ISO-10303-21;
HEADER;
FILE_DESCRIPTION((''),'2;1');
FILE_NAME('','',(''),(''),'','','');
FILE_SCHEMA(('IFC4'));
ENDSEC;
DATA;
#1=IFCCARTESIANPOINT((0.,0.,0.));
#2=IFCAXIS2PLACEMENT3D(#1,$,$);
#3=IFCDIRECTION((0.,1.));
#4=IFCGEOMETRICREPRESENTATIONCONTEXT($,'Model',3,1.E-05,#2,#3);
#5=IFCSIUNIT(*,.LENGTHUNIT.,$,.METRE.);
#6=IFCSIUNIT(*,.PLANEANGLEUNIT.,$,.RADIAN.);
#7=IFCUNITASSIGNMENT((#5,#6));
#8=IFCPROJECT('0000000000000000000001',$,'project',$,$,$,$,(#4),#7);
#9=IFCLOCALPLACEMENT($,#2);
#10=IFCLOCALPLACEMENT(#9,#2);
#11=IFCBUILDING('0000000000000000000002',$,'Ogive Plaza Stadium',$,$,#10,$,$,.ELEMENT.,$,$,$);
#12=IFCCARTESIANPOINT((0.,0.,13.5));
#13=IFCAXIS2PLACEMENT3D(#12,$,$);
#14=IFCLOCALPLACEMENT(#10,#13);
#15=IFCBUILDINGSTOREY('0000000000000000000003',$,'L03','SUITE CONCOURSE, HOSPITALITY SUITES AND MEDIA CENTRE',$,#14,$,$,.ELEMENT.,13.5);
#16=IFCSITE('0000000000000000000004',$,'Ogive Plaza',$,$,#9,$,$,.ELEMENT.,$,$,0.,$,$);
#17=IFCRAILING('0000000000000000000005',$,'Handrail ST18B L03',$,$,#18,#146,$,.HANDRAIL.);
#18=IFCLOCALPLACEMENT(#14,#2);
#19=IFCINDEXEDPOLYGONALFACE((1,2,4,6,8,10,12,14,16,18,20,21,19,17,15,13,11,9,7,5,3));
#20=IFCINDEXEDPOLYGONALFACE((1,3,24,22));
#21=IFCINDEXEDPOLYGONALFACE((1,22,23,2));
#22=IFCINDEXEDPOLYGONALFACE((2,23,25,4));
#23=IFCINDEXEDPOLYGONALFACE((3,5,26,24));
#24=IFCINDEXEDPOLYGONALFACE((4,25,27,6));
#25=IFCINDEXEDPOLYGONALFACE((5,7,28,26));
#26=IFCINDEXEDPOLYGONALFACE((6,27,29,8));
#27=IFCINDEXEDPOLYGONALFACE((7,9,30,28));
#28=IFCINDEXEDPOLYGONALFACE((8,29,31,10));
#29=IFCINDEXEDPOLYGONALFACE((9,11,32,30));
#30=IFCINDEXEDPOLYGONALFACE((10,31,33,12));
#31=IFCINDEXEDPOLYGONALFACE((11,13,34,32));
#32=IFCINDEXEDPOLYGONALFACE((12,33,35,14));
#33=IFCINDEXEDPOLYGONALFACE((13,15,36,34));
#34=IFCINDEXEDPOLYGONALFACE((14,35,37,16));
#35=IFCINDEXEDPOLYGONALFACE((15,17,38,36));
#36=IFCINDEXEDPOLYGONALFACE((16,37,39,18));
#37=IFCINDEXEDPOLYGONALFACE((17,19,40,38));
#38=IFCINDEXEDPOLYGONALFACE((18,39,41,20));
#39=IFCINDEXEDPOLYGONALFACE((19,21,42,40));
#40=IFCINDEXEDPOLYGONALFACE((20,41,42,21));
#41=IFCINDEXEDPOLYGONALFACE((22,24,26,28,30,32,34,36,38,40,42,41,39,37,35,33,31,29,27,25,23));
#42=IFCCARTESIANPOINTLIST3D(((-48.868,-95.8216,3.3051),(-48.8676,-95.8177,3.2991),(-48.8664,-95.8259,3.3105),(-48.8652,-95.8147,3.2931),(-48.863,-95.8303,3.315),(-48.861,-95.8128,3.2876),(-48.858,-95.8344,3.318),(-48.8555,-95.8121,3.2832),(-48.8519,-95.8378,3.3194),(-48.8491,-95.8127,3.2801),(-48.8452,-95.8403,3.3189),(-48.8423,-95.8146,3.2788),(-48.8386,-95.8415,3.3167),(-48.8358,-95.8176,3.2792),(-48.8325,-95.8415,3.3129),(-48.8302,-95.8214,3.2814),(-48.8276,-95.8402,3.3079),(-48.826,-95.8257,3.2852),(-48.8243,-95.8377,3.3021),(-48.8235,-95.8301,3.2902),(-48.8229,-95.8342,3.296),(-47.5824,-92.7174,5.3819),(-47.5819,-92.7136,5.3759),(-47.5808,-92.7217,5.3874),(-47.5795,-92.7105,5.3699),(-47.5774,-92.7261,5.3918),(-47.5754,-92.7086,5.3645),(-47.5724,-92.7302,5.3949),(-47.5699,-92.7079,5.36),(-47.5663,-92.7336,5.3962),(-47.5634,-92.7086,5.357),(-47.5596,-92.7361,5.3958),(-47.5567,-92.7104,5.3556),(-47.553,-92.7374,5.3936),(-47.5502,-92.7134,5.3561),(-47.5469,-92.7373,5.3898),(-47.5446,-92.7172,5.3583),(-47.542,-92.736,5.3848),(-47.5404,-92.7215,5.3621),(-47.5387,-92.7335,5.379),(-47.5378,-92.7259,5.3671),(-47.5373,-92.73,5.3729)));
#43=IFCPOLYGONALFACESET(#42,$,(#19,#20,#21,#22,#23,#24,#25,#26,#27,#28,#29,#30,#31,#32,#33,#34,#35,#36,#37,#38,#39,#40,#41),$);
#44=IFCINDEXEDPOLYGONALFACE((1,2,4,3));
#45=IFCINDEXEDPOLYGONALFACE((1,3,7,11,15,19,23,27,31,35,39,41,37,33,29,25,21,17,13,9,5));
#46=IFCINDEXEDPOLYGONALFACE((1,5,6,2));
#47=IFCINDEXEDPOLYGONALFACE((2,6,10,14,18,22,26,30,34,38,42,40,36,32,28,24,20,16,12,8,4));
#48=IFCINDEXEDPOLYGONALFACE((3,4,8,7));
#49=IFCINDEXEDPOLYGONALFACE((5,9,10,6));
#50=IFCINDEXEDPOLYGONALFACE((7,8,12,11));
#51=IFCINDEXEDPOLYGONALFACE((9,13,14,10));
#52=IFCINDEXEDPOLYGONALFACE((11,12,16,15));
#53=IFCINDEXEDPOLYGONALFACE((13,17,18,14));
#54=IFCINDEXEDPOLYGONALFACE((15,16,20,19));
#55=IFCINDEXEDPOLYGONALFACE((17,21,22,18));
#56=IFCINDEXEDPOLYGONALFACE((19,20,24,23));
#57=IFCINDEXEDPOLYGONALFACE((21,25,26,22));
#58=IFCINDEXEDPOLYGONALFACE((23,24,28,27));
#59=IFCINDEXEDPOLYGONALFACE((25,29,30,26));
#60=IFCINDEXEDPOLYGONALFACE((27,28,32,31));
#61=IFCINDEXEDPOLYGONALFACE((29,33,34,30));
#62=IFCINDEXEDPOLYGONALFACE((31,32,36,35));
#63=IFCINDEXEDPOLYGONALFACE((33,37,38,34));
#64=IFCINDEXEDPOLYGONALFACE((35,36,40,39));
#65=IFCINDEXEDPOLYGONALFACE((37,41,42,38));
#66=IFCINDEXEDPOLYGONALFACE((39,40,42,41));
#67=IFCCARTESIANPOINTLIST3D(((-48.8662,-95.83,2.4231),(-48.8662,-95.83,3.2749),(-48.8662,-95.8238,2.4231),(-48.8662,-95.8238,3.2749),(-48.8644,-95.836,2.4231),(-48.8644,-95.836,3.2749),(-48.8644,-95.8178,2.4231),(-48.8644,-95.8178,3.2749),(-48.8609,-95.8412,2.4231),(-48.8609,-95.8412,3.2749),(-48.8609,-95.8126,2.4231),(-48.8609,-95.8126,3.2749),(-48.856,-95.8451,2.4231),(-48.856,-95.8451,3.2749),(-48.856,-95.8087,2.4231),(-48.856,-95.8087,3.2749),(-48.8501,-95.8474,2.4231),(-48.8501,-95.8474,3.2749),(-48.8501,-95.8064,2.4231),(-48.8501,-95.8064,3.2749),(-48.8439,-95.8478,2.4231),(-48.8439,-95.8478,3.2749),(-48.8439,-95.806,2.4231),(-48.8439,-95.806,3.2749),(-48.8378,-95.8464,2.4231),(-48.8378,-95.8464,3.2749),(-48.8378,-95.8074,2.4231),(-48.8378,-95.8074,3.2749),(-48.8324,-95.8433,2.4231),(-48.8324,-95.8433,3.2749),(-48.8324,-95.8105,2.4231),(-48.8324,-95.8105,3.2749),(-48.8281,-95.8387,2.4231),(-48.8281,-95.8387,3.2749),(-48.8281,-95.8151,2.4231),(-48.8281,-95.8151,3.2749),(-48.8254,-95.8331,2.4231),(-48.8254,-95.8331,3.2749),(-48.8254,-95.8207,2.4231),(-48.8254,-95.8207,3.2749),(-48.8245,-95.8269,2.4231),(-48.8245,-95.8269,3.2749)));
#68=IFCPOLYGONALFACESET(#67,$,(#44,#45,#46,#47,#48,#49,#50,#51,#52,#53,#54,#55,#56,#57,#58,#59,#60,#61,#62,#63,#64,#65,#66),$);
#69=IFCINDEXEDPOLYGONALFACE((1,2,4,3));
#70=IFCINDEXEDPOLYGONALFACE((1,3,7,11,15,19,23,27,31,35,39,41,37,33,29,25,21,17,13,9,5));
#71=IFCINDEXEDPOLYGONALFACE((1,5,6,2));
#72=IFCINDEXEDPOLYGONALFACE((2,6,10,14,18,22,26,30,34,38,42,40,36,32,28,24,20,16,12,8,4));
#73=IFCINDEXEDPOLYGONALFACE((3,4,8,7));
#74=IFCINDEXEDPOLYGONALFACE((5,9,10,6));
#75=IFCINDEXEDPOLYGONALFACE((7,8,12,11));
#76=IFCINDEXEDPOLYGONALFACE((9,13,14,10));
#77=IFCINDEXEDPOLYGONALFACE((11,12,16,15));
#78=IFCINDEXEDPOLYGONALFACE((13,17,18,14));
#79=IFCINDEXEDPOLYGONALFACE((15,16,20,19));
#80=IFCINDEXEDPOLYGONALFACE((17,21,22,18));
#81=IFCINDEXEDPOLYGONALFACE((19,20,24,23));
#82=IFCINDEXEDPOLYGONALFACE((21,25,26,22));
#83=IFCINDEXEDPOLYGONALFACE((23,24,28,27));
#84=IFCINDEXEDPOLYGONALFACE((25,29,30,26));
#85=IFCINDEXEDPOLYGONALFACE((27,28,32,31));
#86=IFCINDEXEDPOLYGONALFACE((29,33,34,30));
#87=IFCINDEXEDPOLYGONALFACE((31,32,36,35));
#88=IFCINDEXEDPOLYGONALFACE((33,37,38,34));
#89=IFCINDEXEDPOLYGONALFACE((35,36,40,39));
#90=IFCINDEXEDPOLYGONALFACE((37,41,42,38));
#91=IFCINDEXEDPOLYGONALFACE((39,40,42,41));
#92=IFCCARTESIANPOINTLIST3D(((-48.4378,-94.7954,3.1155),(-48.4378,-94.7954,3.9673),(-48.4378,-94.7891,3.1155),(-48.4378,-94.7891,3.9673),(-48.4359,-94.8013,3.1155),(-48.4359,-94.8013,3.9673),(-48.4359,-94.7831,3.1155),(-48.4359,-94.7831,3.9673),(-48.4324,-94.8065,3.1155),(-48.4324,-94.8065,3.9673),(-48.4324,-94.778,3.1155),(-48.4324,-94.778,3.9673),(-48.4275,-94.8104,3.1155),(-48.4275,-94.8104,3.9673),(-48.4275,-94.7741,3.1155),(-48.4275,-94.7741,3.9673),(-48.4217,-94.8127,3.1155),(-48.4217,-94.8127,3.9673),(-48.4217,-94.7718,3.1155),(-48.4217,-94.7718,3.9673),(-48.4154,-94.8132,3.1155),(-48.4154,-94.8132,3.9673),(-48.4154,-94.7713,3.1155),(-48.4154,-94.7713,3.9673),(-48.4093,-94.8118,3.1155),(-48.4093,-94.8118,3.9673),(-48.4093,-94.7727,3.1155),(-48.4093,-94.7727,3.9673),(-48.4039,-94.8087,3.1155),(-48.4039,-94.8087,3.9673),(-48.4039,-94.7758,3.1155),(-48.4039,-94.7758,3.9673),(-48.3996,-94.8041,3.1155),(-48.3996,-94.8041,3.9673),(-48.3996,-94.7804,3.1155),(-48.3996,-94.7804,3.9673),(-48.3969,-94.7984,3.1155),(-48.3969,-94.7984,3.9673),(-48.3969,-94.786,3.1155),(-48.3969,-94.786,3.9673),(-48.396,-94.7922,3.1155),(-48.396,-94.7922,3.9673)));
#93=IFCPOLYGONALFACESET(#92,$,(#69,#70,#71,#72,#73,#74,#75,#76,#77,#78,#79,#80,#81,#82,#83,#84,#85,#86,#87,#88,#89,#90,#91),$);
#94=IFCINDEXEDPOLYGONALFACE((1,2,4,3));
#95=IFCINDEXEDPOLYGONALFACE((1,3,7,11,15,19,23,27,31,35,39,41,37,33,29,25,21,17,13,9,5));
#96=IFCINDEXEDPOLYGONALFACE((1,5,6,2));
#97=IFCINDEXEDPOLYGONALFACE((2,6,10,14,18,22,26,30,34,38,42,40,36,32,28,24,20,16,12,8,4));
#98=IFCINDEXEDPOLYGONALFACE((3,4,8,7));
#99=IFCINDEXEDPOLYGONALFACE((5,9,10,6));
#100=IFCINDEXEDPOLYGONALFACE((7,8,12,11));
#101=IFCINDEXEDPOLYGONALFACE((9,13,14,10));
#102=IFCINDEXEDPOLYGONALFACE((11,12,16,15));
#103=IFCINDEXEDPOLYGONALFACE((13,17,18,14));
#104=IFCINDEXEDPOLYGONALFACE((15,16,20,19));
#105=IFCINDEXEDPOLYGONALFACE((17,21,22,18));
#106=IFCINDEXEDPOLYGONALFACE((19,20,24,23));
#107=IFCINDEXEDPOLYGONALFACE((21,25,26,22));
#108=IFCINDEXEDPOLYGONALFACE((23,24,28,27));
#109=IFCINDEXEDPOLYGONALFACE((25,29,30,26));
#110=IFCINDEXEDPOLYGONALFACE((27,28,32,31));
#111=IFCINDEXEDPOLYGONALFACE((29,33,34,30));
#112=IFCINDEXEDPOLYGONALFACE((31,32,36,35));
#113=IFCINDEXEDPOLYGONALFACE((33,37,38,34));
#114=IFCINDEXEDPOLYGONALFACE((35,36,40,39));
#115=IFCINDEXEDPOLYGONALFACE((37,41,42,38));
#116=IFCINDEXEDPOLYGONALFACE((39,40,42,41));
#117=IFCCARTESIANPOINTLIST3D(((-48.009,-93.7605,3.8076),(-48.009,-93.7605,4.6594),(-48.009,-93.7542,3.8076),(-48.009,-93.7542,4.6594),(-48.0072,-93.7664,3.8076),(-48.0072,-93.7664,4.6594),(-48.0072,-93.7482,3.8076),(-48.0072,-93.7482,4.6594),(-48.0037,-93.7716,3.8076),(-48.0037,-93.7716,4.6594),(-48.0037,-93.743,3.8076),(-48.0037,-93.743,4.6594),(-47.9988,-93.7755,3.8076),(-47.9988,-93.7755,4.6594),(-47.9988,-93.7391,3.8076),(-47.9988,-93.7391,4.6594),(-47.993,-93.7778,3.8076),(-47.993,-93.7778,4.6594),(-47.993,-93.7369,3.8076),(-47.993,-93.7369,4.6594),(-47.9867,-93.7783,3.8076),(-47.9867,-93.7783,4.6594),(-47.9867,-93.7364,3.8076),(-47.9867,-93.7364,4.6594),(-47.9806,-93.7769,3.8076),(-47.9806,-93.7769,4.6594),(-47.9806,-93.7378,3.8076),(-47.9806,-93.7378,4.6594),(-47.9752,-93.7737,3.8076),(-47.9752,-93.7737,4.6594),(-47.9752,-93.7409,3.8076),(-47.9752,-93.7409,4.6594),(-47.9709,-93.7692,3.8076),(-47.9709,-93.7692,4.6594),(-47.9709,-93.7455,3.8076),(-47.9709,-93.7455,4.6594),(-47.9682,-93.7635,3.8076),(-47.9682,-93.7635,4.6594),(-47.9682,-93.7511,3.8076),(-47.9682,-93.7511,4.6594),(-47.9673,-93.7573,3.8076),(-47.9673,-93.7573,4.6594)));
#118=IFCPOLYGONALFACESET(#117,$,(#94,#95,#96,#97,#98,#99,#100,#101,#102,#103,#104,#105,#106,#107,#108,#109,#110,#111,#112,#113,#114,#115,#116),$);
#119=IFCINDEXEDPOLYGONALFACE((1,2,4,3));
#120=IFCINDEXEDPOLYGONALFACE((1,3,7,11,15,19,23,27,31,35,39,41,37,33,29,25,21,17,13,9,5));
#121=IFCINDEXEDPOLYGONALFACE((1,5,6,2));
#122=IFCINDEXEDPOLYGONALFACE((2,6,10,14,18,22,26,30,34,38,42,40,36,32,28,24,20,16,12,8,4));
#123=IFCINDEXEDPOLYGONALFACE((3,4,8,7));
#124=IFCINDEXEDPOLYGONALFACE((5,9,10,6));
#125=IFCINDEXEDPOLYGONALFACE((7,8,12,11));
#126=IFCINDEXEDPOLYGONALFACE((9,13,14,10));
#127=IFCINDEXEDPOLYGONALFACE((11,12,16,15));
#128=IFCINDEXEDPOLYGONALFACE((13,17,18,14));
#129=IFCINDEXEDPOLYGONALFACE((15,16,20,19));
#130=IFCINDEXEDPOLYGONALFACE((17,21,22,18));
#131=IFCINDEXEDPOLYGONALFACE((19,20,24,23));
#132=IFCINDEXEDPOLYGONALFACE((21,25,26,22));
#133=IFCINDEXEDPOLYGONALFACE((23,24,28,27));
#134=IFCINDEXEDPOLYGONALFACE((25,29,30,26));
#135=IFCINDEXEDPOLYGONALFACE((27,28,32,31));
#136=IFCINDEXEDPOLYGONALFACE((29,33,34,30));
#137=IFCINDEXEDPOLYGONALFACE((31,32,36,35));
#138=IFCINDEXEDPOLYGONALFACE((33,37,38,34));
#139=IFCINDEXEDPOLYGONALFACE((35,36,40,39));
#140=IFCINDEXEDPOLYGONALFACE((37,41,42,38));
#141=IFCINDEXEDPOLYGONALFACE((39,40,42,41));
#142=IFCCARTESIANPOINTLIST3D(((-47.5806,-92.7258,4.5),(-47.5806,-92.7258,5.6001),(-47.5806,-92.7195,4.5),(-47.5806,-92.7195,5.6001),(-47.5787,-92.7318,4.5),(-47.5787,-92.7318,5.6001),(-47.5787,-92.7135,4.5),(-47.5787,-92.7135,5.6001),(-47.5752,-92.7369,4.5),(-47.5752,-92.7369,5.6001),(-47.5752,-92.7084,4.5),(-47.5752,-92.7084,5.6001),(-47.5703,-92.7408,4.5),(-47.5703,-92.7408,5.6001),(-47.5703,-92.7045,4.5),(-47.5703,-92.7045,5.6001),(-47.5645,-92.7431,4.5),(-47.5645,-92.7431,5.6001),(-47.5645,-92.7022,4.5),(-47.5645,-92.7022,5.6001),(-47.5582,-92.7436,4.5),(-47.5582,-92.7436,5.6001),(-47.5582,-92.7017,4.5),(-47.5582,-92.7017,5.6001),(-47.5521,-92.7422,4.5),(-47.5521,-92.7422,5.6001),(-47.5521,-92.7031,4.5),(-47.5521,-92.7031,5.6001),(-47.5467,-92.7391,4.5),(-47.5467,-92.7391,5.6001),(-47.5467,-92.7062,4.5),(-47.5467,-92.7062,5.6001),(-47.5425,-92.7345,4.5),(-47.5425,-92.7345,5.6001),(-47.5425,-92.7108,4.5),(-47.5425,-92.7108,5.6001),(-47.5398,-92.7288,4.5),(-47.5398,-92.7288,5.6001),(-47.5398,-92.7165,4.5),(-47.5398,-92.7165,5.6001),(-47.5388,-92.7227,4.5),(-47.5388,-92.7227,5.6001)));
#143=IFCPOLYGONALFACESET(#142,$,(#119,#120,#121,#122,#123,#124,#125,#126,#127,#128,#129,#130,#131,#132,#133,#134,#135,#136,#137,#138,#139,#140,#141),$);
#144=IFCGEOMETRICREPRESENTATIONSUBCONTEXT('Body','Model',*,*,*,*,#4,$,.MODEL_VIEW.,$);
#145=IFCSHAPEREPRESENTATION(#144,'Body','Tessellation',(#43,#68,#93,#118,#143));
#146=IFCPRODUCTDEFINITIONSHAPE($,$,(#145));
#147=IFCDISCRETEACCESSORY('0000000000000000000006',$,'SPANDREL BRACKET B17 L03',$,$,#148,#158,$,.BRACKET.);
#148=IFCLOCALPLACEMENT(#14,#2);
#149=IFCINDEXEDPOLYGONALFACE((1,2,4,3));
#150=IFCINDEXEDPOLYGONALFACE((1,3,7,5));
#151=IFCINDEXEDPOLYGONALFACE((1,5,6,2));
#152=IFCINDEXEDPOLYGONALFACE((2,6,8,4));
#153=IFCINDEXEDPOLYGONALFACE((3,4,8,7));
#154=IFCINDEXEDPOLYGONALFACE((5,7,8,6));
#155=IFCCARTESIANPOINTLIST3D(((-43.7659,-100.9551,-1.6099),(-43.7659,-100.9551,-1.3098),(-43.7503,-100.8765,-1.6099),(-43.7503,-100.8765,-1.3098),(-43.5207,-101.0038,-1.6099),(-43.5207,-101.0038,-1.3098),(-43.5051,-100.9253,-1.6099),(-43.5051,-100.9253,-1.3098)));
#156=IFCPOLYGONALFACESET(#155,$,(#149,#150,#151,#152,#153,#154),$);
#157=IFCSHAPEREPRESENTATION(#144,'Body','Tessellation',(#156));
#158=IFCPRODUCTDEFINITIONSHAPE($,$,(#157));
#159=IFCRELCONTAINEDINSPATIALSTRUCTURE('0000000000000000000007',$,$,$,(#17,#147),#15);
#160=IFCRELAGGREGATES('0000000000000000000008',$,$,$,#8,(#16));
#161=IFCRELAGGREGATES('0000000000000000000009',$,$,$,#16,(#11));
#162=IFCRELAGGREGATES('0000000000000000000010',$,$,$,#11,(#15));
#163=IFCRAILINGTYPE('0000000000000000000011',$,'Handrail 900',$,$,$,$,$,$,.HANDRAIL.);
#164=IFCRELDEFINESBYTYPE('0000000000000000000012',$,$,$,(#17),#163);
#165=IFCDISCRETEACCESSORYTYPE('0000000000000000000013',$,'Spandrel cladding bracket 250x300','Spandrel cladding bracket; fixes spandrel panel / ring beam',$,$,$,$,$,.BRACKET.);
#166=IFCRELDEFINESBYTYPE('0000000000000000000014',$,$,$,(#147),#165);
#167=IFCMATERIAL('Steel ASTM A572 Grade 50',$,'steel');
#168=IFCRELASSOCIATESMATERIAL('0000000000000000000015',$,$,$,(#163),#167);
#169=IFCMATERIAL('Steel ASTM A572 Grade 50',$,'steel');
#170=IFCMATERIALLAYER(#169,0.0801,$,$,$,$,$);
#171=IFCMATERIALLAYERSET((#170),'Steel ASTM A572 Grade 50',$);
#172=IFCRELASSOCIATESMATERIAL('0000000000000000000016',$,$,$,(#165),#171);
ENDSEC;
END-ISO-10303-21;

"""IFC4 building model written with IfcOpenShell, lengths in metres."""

from ifc_helpers import new_model, si_unit, direction, frame, origin, origin_2d, place, context, subcontext, project, spatial, rectangle, circle, extrude, material, layer, layer_set, type_object, element, save


model = new_model("IFC4")

# Units and contexts
model_context = context("Model", 3, precision=1e-05, world=origin(), true_north=direction((0.0, 1.0)))
body_context = subcontext(model_context, "Body", "Model", "MODEL_VIEW")
ifc_project = project(units=[si_unit("LENGTHUNIT", "METRE"), si_unit("PLANEANGLEUNIT", "RADIAN")], contexts=[model_context])

# Site, building, storey
site_placement = place(None, origin())
site = spatial("IfcSite", under=ifc_project, at=site_placement, Name="Ogive Plaza", CompositionType="ELEMENT", RefElevation=0.0)
building_placement = place(site_placement, origin())
building = spatial("IfcBuilding", under=site, at=building_placement, Name="Ogive Plaza Stadium", CompositionType="ELEMENT")
storey_placement = place(building_placement, frame((0.0, 0.0, 13.5)))
storey = spatial("IfcBuildingStorey", under=building, at=storey_placement, Name="L03", Description="SUITE CONCOURSE, HOSPITALITY SUITES AND MEDIA CENTRE", CompositionType="ELEMENT", Elevation=13.5)

# Railing
ifc_material_1 = material(Name="Steel ASTM A572 Grade 50", Category="steel")
railing_type = type_object("IfcRailingType", Name="Handrail 900", PredefinedType="HANDRAIL", material=ifc_material_1)
railing_placement = place(storey_placement, frame((-48.8455, -95.8269, 2.4231)))
element("IfcRailing", 1, at=railing_placement, inside=storey, type_object=railing_type, Name="Handrail ST18B L03", PredefinedType="HANDRAIL", context=body_context, shape_type="SweptSolid", body=[
    extrude(circle(Radius=0.0239, at=origin_2d()), frame((0.0, 0.0, 0.876), z_axis=(0.325477, 0.785879, 0.525794), x_axis=(-0.923898, 0.382638, 0.0)), (0.0, 0.0, 1.0), 3.95),
    extrude(circle(Radius=0.021, at=origin_2d()), origin(), (0.0, 0.0, 1.0), 0.8518),
    extrude(circle(Radius=0.021, at=origin_2d()), frame((0.4285, 1.0347, 0.6924)), (0.0, 0.0, 1.0), 0.8518),
    extrude(circle(Radius=0.021, at=origin_2d()), frame((0.8572, 2.0696, 1.3845)), (0.0, 0.0, 1.0), 0.8518),
    extrude(circle(Radius=0.021, at=origin_2d()), frame((1.2856, 3.1042, 2.0769)), (0.0, 0.0, 1.0), 1.1001),
])

# Discrete accessory
ifc_material_2 = material(Name="Steel ASTM A572 Grade 50", Category="steel")
ifc_layer_1 = layer(ifc_material_2, 0.0801)
ifc_layer_set_1 = layer_set([ifc_layer_1], Name="Steel ASTM A572 Grade 50")
discrete_accessory_type = type_object("IfcDiscreteAccessoryType", Name="Spandrel cladding bracket 250x300", Description="Spandrel cladding bracket; fixes spandrel panel / ring beam", PredefinedType="BRACKET", material=ifc_layer_set_1)
discrete_accessory_placement = place(storey_placement, frame((-43.6355, -100.9402, -1.6099), z_axis=(0.0, 0.0, 1.0), x_axis=(-0.980785, 0.19509, 0.0)))
element("IfcDiscreteAccessory", 2, at=discrete_accessory_placement, inside=storey, type_object=discrete_accessory_type, Name="SPANDREL BRACKET B17 L03", PredefinedType="BRACKET", context=body_context, shape_type="SweptSolid", body=[
    extrude(rectangle(XDim=0.25, YDim=0.0801, at=origin_2d()), origin(), (0.0, 0.0, 1.0), 0.3),
])

save(model, "model.ifc")
